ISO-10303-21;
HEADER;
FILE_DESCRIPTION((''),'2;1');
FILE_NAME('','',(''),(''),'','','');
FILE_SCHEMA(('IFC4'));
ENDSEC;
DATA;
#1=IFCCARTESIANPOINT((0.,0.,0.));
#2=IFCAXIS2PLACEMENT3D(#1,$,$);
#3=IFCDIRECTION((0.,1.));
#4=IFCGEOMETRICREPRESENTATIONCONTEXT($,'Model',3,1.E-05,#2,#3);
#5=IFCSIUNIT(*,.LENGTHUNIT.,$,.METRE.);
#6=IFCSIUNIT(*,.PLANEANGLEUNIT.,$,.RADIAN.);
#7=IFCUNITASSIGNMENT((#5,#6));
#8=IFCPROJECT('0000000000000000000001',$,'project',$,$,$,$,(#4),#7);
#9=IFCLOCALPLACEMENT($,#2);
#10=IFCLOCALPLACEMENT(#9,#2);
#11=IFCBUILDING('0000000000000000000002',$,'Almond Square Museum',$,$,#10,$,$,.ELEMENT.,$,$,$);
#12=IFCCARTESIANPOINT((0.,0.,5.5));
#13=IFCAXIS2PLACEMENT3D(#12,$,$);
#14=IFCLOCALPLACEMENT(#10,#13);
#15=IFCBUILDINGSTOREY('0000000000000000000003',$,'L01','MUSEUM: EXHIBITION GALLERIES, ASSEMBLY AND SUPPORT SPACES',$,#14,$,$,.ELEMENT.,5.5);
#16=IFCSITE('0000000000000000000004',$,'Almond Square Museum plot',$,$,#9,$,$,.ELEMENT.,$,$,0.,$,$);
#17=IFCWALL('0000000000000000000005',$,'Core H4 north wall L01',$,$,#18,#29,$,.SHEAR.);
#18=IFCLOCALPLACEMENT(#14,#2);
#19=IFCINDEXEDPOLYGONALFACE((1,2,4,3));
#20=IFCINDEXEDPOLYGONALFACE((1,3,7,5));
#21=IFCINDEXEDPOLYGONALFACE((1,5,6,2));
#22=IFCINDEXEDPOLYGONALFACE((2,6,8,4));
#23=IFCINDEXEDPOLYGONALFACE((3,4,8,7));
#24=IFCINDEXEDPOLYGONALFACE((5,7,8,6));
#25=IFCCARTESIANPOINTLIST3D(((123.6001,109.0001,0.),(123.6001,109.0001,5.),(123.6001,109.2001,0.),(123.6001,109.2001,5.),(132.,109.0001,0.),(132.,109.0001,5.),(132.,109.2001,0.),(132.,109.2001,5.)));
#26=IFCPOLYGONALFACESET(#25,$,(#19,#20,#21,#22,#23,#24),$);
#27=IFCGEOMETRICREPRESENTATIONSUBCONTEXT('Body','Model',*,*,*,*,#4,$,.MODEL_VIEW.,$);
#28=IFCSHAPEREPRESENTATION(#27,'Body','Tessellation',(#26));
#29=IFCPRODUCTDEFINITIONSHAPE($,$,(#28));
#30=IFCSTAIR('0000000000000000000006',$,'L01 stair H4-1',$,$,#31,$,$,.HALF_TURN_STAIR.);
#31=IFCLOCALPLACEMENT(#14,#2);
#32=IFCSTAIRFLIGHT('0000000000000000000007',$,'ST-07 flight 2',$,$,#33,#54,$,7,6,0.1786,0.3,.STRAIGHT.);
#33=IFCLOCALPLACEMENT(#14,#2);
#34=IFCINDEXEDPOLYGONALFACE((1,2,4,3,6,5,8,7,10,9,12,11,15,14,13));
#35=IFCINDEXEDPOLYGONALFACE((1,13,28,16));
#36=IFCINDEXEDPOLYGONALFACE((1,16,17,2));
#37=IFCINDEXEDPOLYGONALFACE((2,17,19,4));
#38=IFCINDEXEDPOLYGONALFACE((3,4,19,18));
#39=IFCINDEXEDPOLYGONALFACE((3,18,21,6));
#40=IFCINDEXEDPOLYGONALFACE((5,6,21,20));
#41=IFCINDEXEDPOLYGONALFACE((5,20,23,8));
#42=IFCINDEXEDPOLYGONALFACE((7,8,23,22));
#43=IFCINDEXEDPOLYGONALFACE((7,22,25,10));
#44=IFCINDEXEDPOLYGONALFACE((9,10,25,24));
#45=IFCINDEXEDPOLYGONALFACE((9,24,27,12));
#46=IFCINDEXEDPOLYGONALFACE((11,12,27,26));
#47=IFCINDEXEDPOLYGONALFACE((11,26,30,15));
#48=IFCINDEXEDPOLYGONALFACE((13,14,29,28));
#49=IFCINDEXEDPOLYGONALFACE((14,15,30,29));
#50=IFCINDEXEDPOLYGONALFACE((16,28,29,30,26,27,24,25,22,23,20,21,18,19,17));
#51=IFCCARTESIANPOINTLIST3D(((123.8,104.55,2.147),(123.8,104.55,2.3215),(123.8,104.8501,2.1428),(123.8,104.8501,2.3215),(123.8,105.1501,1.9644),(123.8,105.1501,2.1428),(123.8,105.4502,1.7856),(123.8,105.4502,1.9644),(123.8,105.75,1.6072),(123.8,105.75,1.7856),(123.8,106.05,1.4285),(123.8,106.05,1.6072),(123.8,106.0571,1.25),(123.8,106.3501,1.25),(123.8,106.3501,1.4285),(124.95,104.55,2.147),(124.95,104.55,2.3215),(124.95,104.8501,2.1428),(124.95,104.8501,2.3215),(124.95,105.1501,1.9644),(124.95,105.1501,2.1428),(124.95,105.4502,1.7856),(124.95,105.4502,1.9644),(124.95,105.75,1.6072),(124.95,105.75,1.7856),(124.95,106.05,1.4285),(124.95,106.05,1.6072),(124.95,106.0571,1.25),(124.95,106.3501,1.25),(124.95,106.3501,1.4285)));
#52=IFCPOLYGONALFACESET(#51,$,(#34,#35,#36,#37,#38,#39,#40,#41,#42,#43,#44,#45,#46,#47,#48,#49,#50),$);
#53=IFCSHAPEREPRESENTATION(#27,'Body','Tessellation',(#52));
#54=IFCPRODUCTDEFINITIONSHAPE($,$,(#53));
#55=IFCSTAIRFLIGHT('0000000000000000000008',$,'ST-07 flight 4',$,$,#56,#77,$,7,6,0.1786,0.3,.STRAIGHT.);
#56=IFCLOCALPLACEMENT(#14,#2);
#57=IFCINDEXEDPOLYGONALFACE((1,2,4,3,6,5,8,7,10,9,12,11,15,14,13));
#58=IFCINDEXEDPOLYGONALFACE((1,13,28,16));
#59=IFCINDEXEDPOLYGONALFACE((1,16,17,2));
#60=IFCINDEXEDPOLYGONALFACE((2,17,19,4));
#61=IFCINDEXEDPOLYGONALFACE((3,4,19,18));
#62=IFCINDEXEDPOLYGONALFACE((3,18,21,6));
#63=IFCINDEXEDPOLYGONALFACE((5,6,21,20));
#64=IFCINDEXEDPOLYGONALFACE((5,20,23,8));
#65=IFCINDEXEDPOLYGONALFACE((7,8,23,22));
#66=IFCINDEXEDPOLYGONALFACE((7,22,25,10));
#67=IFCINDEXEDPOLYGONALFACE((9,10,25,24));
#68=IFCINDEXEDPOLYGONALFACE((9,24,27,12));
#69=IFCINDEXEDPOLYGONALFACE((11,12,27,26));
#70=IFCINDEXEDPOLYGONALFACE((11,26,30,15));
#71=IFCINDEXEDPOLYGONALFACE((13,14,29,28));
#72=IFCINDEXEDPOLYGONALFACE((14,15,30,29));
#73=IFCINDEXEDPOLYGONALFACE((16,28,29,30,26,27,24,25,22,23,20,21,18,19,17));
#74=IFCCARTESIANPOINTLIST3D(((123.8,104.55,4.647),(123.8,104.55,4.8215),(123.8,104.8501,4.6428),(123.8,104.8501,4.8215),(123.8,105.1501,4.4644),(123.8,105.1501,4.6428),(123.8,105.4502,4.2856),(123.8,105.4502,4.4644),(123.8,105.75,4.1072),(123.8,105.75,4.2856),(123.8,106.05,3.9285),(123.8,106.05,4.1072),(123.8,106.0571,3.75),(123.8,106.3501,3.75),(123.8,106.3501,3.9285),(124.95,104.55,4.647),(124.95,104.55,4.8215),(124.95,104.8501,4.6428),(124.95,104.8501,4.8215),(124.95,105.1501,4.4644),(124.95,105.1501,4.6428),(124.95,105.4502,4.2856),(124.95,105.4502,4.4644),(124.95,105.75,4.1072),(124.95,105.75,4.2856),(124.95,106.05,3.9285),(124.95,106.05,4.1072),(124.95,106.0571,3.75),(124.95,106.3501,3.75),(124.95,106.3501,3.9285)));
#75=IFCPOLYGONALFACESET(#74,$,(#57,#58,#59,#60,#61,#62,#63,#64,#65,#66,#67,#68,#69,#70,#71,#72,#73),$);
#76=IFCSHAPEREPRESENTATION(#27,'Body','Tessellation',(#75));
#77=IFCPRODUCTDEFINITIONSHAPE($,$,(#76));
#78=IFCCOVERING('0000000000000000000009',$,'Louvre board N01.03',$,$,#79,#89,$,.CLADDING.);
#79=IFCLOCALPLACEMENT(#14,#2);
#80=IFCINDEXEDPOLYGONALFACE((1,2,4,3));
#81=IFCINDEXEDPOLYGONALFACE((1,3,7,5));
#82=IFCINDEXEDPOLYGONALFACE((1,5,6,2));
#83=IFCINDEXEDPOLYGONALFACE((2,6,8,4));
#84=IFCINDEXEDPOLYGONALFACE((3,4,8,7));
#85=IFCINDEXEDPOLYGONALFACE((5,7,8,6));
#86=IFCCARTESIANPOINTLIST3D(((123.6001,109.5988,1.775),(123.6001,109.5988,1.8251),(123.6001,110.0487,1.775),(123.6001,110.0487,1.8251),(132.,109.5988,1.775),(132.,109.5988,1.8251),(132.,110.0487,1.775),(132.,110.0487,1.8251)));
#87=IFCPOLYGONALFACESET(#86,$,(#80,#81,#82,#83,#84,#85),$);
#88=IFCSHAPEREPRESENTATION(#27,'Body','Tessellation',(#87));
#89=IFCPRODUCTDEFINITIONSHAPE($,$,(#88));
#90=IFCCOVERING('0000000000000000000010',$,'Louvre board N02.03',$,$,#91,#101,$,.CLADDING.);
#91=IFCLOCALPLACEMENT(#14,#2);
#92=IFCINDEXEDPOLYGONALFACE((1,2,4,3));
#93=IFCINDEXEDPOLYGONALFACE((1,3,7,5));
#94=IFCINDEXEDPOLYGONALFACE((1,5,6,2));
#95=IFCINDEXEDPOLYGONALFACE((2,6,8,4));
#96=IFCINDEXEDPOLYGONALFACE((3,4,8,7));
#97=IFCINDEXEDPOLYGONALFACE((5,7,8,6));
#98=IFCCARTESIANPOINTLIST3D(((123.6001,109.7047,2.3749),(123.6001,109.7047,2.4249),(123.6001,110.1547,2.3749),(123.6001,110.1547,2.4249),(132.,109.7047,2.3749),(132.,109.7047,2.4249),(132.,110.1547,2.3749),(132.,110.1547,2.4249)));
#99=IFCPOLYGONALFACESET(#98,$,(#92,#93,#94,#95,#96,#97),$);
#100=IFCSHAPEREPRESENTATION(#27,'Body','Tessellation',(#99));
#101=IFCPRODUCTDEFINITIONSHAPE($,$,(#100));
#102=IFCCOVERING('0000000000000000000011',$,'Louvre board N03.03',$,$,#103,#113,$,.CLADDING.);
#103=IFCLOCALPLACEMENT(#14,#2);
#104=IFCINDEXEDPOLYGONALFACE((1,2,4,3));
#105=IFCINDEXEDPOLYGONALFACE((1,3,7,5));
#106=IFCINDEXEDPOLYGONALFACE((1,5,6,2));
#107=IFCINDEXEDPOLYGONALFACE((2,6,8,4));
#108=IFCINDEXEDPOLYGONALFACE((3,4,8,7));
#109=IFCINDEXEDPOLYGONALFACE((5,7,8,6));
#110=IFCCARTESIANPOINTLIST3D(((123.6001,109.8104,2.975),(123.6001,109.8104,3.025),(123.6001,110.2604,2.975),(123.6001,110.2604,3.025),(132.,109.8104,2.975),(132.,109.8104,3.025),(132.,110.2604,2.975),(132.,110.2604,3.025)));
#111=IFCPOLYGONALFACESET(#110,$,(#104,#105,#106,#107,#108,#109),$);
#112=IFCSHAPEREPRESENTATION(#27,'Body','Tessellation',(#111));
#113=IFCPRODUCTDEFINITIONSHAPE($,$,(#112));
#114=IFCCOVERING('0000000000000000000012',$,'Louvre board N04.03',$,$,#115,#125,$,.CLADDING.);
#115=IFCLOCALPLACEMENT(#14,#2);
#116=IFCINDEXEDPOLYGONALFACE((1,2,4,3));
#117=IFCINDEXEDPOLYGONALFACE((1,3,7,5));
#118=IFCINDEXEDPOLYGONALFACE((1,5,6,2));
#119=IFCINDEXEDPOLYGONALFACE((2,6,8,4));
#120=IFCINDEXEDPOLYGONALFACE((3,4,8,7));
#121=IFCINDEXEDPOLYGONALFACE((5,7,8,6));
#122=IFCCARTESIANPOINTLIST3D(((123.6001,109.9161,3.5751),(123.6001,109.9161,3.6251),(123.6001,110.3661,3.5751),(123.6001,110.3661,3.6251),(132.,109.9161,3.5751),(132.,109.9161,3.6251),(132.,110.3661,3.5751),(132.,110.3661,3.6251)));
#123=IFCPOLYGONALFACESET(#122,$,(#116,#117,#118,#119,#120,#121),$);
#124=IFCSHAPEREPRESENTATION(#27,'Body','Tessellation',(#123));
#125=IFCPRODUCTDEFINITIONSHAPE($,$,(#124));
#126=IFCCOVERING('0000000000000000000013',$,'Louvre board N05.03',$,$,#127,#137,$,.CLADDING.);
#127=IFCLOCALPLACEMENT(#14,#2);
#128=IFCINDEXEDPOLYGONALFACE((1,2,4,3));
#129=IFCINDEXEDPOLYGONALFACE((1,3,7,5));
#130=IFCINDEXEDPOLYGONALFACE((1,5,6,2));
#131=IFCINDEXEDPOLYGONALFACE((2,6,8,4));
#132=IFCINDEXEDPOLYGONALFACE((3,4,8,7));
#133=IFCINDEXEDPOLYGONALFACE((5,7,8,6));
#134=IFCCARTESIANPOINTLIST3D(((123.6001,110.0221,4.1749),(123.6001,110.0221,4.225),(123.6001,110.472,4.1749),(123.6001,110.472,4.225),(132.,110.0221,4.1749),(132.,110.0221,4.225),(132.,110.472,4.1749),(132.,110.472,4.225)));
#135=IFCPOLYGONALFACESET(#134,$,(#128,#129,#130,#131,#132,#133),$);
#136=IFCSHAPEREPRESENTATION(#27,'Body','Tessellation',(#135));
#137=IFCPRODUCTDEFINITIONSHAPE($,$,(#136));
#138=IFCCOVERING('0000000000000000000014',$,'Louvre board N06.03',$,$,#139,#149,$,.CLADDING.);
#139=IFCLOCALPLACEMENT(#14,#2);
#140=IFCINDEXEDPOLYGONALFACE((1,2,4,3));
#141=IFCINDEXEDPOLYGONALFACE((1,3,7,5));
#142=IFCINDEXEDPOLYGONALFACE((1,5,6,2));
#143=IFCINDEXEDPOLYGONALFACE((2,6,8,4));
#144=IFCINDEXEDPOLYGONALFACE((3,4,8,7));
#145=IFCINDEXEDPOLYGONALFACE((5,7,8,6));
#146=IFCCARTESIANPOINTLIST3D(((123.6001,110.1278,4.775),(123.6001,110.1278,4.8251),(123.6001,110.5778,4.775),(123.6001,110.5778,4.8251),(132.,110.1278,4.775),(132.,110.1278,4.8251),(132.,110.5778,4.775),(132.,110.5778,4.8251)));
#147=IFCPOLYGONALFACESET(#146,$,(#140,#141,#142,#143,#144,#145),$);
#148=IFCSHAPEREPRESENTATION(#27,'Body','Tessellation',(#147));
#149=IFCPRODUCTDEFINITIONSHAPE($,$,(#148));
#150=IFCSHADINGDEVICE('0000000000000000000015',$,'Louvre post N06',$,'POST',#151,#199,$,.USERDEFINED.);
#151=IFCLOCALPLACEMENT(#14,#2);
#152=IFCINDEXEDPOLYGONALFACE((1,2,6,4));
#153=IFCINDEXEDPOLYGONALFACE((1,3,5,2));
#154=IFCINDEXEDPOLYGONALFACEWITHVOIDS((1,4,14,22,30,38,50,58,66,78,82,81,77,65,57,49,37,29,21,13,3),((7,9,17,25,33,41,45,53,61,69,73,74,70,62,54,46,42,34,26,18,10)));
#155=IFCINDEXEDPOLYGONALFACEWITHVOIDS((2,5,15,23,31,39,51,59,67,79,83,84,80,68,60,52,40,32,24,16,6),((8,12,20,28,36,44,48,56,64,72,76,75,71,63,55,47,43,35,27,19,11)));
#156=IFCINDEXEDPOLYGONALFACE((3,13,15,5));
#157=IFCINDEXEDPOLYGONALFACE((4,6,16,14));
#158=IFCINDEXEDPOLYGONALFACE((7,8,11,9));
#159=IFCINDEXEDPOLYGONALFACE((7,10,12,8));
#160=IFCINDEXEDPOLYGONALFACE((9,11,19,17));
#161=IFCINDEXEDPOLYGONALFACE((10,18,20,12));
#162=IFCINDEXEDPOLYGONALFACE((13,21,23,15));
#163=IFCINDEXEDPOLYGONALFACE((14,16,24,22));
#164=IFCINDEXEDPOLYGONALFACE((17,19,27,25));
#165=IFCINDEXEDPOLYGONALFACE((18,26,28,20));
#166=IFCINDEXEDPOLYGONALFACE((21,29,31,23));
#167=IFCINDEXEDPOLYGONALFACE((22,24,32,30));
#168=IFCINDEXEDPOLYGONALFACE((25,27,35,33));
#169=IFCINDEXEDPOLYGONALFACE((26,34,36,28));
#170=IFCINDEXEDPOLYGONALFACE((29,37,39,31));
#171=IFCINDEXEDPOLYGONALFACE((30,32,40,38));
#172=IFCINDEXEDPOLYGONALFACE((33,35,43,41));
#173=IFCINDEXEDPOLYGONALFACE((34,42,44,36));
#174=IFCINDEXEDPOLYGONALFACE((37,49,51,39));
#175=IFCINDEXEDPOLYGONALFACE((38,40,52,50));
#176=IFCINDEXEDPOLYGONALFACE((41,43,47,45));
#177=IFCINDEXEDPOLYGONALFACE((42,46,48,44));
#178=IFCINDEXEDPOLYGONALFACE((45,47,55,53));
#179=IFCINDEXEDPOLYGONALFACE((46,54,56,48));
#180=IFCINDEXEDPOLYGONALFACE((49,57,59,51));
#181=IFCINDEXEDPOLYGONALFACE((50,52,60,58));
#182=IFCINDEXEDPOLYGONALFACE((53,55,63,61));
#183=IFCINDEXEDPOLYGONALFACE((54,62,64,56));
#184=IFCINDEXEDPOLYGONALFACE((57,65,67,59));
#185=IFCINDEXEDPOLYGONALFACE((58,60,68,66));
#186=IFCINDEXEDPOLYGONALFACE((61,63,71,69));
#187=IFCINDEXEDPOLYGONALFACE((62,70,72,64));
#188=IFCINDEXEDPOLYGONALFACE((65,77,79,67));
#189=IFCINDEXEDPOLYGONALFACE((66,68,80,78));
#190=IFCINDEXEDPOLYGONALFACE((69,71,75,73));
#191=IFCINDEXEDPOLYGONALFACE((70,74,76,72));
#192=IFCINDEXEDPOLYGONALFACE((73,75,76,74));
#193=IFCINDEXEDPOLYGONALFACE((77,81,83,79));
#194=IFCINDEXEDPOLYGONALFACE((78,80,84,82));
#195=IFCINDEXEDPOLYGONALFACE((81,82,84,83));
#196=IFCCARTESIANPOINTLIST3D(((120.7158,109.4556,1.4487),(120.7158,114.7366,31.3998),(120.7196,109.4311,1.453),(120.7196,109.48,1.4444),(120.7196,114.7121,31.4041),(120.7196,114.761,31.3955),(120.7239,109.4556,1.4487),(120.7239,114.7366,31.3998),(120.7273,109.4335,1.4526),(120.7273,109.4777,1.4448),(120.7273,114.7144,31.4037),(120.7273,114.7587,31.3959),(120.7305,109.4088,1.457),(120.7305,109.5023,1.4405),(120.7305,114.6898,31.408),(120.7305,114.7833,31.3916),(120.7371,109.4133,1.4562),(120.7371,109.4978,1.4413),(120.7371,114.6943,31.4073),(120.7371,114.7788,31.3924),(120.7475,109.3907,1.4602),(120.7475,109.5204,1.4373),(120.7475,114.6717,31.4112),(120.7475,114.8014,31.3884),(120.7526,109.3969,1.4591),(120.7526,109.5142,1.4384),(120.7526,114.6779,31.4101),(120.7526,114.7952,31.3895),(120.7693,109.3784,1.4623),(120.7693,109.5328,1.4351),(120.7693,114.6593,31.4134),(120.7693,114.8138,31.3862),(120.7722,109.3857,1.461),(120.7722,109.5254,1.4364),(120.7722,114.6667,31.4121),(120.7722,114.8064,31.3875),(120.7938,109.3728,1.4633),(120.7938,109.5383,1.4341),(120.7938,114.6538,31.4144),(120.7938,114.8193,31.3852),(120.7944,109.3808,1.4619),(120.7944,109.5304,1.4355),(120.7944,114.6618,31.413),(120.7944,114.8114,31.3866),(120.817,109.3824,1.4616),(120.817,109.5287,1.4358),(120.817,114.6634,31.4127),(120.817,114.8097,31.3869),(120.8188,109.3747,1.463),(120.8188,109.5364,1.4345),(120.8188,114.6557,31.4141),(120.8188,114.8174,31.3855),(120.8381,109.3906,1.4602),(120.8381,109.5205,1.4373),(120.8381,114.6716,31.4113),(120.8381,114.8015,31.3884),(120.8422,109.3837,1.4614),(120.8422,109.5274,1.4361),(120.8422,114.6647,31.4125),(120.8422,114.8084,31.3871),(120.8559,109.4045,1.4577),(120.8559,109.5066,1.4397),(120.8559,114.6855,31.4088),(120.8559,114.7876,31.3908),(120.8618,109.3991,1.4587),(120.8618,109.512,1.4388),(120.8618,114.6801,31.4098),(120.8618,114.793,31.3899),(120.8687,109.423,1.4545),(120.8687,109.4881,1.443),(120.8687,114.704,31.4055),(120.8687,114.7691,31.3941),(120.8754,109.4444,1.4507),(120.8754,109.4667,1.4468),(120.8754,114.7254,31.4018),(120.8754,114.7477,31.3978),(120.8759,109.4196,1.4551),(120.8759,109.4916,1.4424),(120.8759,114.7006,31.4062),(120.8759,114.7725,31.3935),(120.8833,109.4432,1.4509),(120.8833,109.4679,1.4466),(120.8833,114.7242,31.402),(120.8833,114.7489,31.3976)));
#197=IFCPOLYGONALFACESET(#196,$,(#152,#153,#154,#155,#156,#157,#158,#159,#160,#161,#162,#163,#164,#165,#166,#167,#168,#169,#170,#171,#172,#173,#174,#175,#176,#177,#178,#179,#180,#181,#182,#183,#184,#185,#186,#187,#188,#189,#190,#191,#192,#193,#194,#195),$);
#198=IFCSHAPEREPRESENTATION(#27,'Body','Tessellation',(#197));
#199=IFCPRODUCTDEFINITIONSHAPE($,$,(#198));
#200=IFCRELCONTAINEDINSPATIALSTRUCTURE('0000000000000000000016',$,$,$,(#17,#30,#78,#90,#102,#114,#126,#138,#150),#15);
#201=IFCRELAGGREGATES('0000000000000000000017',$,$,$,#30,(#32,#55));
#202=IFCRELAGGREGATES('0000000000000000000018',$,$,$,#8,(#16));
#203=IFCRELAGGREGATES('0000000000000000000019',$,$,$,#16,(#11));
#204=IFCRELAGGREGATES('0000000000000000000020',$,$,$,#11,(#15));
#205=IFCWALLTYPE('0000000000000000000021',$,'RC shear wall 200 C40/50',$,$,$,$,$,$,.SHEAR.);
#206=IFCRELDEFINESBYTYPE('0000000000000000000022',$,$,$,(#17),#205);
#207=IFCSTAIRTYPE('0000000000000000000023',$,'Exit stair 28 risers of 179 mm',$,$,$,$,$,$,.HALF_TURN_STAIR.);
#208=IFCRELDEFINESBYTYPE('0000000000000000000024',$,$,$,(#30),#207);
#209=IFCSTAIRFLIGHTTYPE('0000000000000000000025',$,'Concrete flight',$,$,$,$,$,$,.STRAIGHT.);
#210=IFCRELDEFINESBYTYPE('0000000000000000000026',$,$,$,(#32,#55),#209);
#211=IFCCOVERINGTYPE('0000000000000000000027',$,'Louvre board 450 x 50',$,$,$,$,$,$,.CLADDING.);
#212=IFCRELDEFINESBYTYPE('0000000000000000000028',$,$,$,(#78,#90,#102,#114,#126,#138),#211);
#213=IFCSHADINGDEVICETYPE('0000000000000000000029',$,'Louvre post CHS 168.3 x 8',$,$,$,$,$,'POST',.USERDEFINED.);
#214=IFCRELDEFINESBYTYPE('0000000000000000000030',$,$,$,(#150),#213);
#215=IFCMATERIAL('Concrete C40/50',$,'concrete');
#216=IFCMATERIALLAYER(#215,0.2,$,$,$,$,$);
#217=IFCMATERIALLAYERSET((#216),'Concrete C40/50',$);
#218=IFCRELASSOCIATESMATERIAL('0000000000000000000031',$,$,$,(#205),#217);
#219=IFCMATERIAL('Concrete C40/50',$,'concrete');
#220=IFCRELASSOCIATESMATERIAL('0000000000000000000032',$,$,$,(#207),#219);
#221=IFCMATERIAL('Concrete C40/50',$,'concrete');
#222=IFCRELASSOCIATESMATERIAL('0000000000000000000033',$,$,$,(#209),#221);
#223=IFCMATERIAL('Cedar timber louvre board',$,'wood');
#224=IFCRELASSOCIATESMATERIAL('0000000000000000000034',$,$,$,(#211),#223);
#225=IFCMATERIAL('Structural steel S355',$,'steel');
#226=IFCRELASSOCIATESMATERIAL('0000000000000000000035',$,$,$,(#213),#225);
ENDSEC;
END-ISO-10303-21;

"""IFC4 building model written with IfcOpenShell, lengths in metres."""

from ifc_helpers import new_model, si_unit, direction, frame, frame_2d, origin, origin_2d, place, context, subcontext, project, spatial, polyline, rectangle, hollow_circle, outline, extrude, material, layer, layer_set, material_profile, profile_set, type_object, element, aggregate, save


model = new_model("IFC4")

# Units and contexts
model_context = context("Model", 3, precision=1e-05, world=origin(), true_north=direction((0.0, 1.0)))
body_context = subcontext(model_context, "Body", "Model", "MODEL_VIEW")
ifc_project = project(units=[si_unit("LENGTHUNIT", "METRE"), si_unit("PLANEANGLEUNIT", "RADIAN")], contexts=[model_context])

# Site, building, storey
site_placement = place(None, origin())
site = spatial("IfcSite", under=ifc_project, at=site_placement, Name="Almond Square Museum plot", CompositionType="ELEMENT", RefElevation=0.0)
building_placement = place(site_placement, origin())
building = spatial("IfcBuilding", under=site, at=building_placement, Name="Almond Square Museum", CompositionType="ELEMENT")
storey_placement = place(building_placement, frame((0.0, 0.0, 5.5)))
storey = spatial("IfcBuildingStorey", under=building, at=storey_placement, Name="L01", Description="MUSEUM: EXHIBITION GALLERIES, ASSEMBLY AND SUPPORT SPACES", CompositionType="ELEMENT", Elevation=5.5)

# Wall
ifc_material_1 = material(Name="Concrete C40/50", Category="concrete")
ifc_layer_1 = layer(ifc_material_1, 0.2)
ifc_layer_set_1 = layer_set([ifc_layer_1], Name="Concrete C40/50")
wall_type = type_object("IfcWallType", Name="RC shear wall 200 C40/50", PredefinedType="SHEAR", material=ifc_layer_set_1)
wall_placement = place(storey_placement, frame((123.6001, 109.1001, 0.0), z_axis=(0.0, 0.0, 1.0), x_axis=(1.0, 0.0, 0.0)))
element("IfcWall", 1, at=wall_placement, inside=storey, type_object=wall_type, Name="Core H4 north wall L01", PredefinedType="SHEAR", context=body_context, shape_type="SweptSolid", body=[
    extrude(rectangle(XDim=8.3999, YDim=0.2, at=frame_2d((4.2, 0.0))), origin(), (0.0, 0.0, 1.0), 5.0),
])

# Stair, stair flights
ifc_material_2 = material(Name="Concrete C40/50", Category="concrete")
stair_type = type_object("IfcStairType", Name="Exit stair 28 risers of 179 mm", PredefinedType="HALF_TURN_STAIR", material=ifc_material_2)
stair_placement = place(storey_placement, origin())
stair = element("IfcStair", 2, at=stair_placement, inside=storey, type_object=stair_type, Name="L01 stair H4-1", PredefinedType="HALF_TURN_STAIR")
ifc_material_3 = material(Name="Concrete C40/50", Category="concrete")
stair_flight_type = type_object("IfcStairFlightType", Name="Concrete flight", PredefinedType="STRAIGHT", material=ifc_material_3)
stair_flight_1_placement = place(storey_placement, frame((124.375, 106.3501, 1.25), z_axis=(0.0, 0.0, 1.0), x_axis=(0.0, -1.0, 0.0)))
stair_flight_1 = element("IfcStairFlight", 3, at=stair_flight_1_placement, type_object=stair_flight_type, Name="ST-07 flight 2", NumberOfRisers=7, NumberOfTreads=6, PredefinedType="STRAIGHT", RiserHeight=0.1786, TreadLength=0.3, context=body_context, shape_type="SweptSolid", body=[
    extrude(outline(polyline([(0.0, 0.0), (0.0, 0.1785), (0.3, 0.1785), (0.3, 0.3572), (0.6001, 0.3572), (0.6001, 0.5356), (0.8999, 0.5356), (0.8999, 0.7144), (1.2, 0.7144), (1.2, 0.8928), (1.5, 0.8928), (1.5, 1.0715), (1.8, 1.0715), (1.8, 1.25), (1.8, 0.897), (0.293, 0.0), (0.0, 0.0)])), frame((0.0, 0.575, 0.0), z_axis=(0.0, -1.0, 0.0), x_axis=(1.0, 0.0, 0.0)), (0.0, 0.0, 1.0), 1.1499),
])
stair_flight_2_placement = place(storey_placement, frame((124.375, 106.3501, 3.75), z_axis=(0.0, 0.0, 1.0), x_axis=(0.0, -1.0, 0.0)))
stair_flight_2 = element("IfcStairFlight", 4, at=stair_flight_2_placement, type_object=stair_flight_type, Name="ST-07 flight 4", NumberOfRisers=7, NumberOfTreads=6, PredefinedType="STRAIGHT", RiserHeight=0.1786, TreadLength=0.3, context=body_context, shape_type="SweptSolid", body=[
    extrude(outline(polyline([(0.0, 0.0), (0.0, 0.1785), (0.3, 0.1785), (0.3, 0.3572), (0.6001, 0.3572), (0.6001, 0.5356), (0.8999, 0.5356), (0.8999, 0.7144), (1.2, 0.7144), (1.2, 0.8928), (1.5, 0.8928), (1.5, 1.0715), (1.8, 1.0715), (1.8, 1.25), (1.8, 0.897), (0.293, 0.0), (0.0, 0.0)])), frame((0.0, 0.575, 0.0), z_axis=(0.0, -1.0, 0.0), x_axis=(1.0, 0.0, 0.0)), (0.0, 0.0, 1.0), 1.1499),
])
aggregate(stair, [stair_flight_1, stair_flight_2])

# Coverings
ifc_material_4 = material(Name="Cedar timber louvre board", Category="wood")
ifc_material_profile_1 = material_profile(ifc_material_4, rectangle(XDim=0.45, YDim=0.05, at=origin_2d()))
ifc_profile_set_1 = profile_set([ifc_material_profile_1], Name="Cedar timber louvre board")
covering_type_1 = type_object("IfcCoveringType", Name="Louvre board 450 x 50", PredefinedType="CLADDING", material=ifc_profile_set_1)
for number, where, z_axis, x_axis, name in (
    (5, (123.6001, 109.8237, 1.8), (1.0, 0.0, 0.0), (0.0, 1.0, 0.0), "Louvre board N01.03"),
    (6, (123.6001, 109.9297, 2.3999), (1.0, 0.0, 0.0), (0.0, 1.0, 0.0), "Louvre board N02.03"),
    (7, (123.6001, 110.0354, 3.0), (1.0, 0.0, 0.0), (0.0, 1.0, 0.0), "Louvre board N03.03"),
    (8, (123.6001, 110.1411, 3.6001), (1.0, 0.0, 0.0), (0.0, 1.0, 0.0), "Louvre board N04.03"),
    (9, (123.6001, 110.2471, 4.2), (1.0, 0.0, 0.0), (0.0, 1.0, 0.0), "Louvre board N05.03"),
    (10, (123.6001, 110.3528, 4.8), (1.0, 0.0, 0.0), (0.0, 1.0, 0.0), "Louvre board N06.03"),
):
    element("IfcCovering", number, at=place(storey_placement, frame(where, z_axis=z_axis, x_axis=x_axis)), inside=storey, type_object=covering_type_1, Name=name, PredefinedType="CLADDING", context=body_context, shape_type="SweptSolid", body=[
        extrude(rectangle(XDim=0.45, YDim=0.05, at=origin_2d()), origin(), (0.0, 0.0, 1.0), 8.3999),
    ])

# Shading device
ifc_material_5 = material(Name="Structural steel S355", Category="steel")
ifc_material_profile_2 = material_profile(ifc_material_5, hollow_circle(Radius=0.0842, WallThickness=0.0081, at=origin_2d()))
ifc_profile_set_2 = profile_set([ifc_material_profile_2], Name="Structural steel S355")
shading_device_type = type_object("IfcShadingDeviceType", Name="Louvre post CHS 168.3 x 8", ElementType="POST", PredefinedType="USERDEFINED", material=ifc_profile_set_2)
for number, where, z_axis, x_axis, name in (
    (11, (120.8, 109.4556, 1.4487), (0.0, 0.173642, 0.984809), (-1.0, 0.0, 0.0), "Louvre post N06"),
):
    element("IfcShadingDevice", number, at=place(storey_placement, frame(where, z_axis=z_axis, x_axis=x_axis)), inside=storey, type_object=shading_device_type, Name=name, ObjectType="POST", PredefinedType="USERDEFINED", context=body_context, shape_type="SweptSolid", body=[
        extrude(hollow_circle(Radius=0.0842, WallThickness=0.0081, at=origin_2d()), origin(), (0.0, 0.0, 1.0), 30.4131),
    ])

save(model, "model.ifc")
